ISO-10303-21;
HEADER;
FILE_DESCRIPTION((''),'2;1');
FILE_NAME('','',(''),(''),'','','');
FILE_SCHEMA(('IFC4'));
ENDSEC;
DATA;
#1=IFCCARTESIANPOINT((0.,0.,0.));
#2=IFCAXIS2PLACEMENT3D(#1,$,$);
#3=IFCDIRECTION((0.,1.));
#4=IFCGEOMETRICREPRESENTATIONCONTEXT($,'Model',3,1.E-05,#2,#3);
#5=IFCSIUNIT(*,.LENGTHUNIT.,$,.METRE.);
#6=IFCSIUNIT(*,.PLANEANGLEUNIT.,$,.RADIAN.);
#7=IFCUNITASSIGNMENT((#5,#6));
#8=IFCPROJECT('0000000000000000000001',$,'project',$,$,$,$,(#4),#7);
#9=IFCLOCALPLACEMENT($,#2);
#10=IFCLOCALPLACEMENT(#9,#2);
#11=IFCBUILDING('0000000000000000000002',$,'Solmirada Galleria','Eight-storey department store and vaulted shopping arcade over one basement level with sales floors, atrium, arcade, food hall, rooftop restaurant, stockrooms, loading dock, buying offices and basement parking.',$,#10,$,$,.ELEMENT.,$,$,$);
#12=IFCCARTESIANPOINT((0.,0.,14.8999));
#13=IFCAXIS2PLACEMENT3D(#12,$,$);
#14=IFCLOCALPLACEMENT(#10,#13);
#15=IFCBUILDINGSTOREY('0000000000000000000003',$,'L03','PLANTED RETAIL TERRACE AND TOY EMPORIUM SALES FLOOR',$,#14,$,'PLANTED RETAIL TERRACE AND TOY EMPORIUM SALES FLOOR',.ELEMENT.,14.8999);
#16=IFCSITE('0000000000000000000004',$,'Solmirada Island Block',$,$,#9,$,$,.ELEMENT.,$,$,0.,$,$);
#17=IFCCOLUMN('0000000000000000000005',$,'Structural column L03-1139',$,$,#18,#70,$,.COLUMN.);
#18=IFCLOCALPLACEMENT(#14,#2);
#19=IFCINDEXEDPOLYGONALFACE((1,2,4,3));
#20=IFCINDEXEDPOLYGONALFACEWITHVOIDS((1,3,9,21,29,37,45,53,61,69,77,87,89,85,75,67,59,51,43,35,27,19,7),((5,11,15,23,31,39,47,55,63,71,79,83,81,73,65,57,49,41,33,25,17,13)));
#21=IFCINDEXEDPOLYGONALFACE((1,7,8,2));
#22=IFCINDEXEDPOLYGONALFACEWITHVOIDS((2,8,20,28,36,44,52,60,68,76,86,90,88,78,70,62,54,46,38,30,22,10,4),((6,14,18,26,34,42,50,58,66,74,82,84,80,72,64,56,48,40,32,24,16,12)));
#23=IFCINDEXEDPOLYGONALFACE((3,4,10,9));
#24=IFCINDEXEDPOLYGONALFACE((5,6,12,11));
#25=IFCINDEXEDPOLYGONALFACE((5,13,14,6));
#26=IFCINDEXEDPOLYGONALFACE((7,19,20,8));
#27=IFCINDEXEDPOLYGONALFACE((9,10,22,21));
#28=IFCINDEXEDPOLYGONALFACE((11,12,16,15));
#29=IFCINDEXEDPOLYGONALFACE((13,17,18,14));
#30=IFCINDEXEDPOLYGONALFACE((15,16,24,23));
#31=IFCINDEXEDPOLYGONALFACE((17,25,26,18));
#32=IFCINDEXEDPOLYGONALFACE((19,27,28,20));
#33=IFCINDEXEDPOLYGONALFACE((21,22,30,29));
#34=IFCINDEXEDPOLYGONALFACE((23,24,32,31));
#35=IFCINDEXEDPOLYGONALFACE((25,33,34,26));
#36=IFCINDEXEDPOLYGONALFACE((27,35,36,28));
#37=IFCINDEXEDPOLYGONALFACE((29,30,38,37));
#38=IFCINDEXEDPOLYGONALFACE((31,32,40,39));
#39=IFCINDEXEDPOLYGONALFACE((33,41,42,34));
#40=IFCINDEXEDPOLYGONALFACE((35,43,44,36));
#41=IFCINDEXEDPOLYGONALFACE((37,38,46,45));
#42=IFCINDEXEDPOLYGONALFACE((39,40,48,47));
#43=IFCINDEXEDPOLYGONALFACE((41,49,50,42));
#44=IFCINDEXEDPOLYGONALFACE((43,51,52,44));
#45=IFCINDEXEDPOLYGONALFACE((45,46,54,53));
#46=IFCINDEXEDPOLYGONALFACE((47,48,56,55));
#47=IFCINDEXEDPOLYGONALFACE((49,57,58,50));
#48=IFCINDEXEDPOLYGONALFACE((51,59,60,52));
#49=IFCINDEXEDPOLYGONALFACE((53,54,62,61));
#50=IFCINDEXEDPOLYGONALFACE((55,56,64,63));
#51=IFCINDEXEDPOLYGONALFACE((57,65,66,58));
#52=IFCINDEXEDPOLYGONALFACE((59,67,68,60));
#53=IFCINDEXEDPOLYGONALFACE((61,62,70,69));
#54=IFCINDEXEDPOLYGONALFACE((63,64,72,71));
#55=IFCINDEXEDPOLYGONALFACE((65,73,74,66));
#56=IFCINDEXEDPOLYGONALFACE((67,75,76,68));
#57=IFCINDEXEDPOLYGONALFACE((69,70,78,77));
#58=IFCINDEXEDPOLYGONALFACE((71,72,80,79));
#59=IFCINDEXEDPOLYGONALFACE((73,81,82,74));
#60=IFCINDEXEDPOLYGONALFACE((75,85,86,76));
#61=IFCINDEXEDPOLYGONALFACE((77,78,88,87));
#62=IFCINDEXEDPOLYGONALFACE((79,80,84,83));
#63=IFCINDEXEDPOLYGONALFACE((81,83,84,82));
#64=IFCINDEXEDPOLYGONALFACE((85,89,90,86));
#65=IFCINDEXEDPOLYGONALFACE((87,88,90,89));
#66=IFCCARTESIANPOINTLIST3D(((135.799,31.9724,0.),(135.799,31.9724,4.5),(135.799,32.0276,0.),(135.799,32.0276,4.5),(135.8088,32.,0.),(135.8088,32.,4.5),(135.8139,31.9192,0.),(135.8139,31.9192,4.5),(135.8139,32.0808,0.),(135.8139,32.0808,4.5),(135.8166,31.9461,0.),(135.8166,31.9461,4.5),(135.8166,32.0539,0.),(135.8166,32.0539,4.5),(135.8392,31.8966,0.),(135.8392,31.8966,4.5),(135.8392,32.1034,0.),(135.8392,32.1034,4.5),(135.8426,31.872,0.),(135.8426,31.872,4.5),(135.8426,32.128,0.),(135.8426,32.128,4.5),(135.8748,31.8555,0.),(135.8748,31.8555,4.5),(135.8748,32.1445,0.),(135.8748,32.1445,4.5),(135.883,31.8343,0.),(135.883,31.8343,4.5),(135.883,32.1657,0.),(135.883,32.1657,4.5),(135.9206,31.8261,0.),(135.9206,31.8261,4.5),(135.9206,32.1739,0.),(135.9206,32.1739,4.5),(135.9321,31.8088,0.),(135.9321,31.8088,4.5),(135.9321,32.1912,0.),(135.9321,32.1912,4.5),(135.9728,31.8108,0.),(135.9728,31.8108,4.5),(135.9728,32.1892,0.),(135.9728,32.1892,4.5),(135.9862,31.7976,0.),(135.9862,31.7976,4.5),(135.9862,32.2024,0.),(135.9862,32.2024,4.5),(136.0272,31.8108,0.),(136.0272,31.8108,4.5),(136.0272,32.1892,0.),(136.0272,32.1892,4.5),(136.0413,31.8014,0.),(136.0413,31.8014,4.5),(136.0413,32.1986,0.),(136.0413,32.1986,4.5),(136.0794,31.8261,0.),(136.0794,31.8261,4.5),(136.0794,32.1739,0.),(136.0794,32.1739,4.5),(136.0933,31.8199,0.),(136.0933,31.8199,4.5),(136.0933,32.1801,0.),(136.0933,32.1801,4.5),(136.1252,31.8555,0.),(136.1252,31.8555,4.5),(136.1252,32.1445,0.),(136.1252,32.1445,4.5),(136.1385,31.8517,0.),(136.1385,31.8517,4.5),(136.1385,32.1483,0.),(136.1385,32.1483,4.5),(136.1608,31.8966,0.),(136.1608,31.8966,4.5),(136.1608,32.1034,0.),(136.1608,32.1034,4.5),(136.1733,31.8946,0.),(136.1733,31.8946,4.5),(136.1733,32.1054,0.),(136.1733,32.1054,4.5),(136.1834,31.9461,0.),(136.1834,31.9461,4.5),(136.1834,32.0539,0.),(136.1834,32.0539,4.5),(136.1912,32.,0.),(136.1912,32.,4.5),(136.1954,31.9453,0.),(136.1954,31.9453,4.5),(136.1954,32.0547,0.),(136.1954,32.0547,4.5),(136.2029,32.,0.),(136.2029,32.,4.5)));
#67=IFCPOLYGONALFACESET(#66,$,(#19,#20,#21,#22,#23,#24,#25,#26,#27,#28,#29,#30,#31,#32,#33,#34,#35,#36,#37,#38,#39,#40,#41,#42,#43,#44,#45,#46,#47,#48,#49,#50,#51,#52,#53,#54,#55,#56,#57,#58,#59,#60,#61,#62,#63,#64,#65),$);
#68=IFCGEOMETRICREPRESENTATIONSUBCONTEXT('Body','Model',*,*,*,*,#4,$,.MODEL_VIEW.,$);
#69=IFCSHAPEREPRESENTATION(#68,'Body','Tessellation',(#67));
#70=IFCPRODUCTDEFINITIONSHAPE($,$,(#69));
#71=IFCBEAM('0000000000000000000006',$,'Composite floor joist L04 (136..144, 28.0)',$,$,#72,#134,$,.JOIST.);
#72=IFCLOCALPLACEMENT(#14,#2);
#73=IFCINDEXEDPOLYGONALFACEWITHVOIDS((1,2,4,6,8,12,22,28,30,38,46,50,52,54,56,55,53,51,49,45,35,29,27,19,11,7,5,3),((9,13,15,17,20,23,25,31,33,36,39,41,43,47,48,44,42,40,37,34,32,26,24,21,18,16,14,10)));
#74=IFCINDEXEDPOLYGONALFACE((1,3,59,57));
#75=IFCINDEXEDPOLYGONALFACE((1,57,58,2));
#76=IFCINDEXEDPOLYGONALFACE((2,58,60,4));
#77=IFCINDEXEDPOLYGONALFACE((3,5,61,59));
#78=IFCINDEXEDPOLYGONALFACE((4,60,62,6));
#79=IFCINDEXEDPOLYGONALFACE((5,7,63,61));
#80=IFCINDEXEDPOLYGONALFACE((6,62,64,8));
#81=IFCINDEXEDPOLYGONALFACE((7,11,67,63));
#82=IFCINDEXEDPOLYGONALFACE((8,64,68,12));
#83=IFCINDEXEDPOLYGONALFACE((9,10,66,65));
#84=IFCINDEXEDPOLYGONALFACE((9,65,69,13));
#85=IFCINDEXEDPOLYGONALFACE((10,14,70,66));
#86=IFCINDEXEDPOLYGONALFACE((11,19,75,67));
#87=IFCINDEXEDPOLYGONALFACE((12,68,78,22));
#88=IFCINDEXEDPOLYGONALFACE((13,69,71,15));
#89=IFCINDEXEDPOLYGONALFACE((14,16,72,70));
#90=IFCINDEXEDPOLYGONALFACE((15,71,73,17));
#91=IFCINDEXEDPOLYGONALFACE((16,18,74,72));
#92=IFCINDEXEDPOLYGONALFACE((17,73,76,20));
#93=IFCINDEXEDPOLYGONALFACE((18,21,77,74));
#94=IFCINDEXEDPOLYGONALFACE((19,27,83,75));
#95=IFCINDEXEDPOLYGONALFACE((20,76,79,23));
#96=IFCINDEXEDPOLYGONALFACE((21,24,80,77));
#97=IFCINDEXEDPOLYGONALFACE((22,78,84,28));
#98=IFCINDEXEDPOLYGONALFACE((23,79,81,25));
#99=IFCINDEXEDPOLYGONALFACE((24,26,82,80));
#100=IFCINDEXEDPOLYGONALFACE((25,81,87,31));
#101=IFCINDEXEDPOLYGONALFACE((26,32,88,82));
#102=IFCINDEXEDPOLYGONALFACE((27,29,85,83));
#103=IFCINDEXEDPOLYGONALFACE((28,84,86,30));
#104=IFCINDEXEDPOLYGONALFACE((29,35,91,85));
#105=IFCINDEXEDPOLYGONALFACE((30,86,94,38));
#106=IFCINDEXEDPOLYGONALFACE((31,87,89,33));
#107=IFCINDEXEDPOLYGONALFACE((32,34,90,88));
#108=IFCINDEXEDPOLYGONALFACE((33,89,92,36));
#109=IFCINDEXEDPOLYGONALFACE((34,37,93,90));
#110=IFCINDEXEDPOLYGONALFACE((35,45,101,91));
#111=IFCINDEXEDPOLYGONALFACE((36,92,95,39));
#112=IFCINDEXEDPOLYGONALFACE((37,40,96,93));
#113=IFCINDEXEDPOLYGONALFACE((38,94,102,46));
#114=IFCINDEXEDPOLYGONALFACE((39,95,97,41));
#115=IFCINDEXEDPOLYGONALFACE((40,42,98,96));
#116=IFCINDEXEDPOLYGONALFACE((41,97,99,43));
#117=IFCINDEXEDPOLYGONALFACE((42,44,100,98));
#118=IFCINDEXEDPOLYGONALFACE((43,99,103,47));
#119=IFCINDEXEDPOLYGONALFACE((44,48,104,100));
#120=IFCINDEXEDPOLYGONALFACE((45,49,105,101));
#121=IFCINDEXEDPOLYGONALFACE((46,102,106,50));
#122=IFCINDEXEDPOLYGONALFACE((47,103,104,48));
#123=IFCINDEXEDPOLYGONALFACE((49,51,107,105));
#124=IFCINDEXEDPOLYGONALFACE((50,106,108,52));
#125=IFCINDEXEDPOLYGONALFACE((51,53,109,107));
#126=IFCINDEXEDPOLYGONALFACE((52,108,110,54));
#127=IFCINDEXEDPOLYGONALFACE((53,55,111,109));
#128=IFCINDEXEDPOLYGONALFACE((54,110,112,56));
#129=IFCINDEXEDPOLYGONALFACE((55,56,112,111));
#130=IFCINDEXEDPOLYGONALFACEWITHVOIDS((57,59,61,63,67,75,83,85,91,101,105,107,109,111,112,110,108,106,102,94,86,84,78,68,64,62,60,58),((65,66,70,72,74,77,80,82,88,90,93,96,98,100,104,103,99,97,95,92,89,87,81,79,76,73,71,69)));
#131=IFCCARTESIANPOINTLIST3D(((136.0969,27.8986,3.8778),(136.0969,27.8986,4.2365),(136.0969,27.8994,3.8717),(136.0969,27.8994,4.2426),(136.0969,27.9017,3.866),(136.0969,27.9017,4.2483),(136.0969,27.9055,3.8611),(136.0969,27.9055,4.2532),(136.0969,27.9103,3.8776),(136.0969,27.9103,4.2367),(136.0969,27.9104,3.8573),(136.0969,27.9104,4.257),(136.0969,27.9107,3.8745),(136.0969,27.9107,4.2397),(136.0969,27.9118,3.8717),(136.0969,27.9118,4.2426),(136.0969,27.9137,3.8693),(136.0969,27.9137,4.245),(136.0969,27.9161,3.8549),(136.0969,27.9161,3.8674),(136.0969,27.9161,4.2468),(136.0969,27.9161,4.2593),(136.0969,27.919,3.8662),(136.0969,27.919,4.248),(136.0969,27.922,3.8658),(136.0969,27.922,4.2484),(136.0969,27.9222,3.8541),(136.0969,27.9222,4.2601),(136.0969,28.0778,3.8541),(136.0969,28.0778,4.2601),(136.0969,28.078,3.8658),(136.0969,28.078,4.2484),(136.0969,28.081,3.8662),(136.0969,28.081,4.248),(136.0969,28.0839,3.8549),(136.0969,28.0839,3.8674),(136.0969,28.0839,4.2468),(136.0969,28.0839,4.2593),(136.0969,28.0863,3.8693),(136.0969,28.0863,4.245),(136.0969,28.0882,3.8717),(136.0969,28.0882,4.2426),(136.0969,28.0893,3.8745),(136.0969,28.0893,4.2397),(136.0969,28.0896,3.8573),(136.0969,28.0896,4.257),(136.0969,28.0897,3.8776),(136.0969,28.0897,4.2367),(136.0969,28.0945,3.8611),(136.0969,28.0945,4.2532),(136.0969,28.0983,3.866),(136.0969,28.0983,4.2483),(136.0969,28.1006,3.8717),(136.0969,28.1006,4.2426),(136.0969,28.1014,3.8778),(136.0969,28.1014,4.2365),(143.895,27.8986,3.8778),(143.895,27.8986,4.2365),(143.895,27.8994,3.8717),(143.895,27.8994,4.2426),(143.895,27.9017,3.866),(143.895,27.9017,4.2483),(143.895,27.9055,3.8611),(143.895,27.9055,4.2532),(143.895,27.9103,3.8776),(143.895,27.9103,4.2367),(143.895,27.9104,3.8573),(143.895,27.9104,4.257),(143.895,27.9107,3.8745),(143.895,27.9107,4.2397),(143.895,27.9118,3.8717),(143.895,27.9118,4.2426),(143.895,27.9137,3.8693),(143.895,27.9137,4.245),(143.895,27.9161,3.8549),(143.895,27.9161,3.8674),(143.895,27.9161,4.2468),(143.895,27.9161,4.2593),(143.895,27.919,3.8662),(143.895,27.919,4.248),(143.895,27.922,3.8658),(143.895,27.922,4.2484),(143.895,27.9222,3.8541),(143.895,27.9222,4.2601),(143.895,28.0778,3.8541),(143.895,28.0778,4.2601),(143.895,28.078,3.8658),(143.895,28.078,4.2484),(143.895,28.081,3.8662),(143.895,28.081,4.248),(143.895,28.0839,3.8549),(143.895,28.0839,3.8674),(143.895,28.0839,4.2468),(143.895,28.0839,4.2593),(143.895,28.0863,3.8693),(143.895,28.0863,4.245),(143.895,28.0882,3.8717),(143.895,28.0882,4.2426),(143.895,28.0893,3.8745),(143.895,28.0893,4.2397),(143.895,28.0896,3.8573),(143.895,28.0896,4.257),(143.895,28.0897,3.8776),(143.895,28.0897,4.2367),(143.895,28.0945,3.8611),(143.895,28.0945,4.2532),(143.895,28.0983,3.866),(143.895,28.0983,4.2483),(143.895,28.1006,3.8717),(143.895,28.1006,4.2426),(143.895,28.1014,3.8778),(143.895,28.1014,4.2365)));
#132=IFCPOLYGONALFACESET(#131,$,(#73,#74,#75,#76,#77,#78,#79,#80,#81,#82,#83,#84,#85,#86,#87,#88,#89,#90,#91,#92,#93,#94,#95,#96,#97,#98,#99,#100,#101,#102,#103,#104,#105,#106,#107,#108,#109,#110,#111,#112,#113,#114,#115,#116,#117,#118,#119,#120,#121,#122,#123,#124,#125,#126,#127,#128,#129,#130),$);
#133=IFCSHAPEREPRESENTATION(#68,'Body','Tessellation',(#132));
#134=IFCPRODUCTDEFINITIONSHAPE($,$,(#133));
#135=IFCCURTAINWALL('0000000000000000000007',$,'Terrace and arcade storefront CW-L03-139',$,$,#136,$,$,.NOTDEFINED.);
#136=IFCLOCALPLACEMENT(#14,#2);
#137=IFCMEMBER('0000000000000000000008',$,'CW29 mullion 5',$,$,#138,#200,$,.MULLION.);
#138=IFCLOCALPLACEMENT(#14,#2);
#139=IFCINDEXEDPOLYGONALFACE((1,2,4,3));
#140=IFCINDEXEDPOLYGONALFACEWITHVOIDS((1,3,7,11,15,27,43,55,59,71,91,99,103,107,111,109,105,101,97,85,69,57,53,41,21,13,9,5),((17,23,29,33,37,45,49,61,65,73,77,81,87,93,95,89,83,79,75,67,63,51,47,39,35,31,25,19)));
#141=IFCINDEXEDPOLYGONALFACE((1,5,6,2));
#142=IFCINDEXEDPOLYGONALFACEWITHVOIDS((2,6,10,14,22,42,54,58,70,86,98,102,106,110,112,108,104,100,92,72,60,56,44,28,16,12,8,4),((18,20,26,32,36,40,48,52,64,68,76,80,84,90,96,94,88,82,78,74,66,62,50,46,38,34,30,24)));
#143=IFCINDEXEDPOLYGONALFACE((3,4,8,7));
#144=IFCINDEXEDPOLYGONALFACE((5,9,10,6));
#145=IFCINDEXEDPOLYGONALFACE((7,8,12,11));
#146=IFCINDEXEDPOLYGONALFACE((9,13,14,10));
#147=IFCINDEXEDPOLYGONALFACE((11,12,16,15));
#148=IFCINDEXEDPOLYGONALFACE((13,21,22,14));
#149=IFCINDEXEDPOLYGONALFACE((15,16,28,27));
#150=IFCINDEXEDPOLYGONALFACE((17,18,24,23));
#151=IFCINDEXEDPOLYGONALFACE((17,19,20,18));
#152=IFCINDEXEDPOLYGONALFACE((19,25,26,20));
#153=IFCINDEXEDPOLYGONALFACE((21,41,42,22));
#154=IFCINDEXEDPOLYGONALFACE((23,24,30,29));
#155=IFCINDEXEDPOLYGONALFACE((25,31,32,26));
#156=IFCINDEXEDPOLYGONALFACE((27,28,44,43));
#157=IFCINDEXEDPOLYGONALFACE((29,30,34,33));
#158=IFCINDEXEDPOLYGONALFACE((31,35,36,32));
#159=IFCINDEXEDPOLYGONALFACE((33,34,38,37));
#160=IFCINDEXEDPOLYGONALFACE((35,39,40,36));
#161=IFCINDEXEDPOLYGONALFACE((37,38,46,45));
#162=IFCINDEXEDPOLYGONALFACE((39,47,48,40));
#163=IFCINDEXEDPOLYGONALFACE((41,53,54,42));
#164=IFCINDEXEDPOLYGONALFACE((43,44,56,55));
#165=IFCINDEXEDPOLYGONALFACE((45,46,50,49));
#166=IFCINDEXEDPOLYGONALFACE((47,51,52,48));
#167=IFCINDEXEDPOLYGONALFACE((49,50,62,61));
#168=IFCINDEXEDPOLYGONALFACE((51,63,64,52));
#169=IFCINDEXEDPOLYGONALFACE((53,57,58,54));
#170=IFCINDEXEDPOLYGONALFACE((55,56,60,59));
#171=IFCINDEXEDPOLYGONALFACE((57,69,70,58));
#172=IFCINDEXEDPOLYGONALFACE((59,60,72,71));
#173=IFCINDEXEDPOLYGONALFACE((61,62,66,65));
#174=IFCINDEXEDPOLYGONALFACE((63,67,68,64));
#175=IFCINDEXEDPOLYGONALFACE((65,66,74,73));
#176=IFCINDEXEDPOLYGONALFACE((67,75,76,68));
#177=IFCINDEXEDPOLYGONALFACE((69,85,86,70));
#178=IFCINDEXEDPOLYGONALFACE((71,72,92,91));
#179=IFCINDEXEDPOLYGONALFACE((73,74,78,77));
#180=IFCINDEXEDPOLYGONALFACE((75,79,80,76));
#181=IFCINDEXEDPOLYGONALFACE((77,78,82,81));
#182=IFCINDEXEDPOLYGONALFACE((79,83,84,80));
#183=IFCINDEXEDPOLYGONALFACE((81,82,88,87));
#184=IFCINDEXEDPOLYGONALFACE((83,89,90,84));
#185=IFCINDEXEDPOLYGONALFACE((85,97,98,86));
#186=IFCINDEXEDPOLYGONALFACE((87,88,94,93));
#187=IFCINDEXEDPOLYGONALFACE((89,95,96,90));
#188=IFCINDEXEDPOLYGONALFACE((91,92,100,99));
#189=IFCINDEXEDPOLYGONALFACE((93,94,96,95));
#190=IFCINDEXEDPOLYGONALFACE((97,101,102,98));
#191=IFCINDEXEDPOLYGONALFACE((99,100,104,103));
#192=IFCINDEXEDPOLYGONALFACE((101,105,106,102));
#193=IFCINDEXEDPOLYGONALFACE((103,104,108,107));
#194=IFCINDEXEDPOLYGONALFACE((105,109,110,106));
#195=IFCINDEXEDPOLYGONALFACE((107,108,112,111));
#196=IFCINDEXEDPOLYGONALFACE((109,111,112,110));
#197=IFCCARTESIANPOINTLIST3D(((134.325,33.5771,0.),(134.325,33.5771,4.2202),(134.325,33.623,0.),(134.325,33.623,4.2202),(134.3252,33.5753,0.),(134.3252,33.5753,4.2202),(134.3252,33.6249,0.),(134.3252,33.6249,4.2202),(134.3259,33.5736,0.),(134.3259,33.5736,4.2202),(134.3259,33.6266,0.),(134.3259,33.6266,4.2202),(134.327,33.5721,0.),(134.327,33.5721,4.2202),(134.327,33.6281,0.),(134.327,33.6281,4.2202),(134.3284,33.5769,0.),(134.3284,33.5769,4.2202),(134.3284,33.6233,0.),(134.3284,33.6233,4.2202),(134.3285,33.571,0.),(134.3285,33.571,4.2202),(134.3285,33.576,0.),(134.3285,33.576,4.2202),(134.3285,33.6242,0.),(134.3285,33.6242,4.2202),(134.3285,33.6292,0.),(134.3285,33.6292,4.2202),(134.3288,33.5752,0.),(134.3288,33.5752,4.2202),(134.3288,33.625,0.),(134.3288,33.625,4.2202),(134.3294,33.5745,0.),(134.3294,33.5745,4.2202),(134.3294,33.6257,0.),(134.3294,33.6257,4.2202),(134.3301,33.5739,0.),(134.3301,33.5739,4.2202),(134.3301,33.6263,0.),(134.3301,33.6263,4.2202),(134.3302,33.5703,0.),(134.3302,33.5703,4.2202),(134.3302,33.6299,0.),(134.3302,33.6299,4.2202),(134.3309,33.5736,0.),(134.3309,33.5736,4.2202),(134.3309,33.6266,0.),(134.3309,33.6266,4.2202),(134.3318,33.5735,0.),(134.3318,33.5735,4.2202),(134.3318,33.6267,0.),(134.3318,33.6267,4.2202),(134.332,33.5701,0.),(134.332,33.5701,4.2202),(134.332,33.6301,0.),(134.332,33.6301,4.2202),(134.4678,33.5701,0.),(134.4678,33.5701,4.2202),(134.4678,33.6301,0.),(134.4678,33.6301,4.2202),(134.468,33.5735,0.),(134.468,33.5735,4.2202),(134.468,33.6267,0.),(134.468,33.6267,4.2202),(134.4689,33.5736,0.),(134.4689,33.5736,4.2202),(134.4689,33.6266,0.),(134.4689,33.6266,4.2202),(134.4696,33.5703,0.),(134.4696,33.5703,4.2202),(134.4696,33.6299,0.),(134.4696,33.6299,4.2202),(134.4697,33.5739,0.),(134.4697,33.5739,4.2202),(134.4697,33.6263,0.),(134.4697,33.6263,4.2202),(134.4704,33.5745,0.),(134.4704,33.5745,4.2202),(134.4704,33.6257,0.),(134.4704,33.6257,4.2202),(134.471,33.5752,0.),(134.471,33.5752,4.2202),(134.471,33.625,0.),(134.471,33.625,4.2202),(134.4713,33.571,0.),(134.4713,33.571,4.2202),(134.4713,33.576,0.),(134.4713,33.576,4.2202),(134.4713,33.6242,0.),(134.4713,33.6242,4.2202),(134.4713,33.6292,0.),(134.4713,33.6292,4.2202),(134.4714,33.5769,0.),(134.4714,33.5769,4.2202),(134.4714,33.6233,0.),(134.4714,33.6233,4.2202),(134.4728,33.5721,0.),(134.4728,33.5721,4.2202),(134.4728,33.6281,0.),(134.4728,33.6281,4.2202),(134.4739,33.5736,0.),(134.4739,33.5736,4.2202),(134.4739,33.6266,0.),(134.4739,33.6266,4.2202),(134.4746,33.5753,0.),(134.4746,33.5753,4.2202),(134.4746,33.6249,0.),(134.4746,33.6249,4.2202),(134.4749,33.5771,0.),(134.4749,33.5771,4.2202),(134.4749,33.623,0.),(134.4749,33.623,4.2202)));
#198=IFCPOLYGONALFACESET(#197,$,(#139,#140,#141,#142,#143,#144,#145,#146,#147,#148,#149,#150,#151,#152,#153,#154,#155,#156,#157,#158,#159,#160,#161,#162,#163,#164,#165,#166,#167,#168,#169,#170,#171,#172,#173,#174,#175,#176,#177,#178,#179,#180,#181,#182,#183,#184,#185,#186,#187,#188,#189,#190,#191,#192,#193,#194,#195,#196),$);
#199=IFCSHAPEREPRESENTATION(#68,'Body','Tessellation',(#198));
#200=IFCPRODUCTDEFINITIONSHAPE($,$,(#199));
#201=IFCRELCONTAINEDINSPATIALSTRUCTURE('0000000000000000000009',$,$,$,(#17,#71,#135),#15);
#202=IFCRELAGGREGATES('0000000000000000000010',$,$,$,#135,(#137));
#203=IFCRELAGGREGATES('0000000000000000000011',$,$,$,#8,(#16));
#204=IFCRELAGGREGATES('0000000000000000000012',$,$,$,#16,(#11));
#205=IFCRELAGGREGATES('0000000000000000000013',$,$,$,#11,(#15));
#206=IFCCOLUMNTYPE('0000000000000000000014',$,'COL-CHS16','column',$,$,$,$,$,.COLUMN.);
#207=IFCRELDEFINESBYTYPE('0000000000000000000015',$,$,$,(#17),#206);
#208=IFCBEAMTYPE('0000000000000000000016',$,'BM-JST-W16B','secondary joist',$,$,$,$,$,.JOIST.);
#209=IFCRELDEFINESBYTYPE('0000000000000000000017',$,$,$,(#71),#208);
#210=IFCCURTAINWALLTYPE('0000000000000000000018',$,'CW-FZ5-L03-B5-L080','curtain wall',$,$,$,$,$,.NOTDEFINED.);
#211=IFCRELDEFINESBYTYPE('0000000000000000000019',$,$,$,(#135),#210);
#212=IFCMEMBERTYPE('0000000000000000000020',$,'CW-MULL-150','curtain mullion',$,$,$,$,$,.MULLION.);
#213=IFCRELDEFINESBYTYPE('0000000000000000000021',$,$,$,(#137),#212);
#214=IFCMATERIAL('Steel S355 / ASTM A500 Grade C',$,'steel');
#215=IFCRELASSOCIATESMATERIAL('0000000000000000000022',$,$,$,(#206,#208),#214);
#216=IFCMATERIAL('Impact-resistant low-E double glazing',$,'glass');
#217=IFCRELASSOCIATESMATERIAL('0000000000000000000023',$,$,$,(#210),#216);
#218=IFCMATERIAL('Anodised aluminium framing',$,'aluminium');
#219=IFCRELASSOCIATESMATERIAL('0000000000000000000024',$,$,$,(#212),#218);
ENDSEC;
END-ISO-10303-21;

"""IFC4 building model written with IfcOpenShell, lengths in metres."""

from ifc_helpers import new_model, si_unit, direction, frame, origin, origin_2d, place, context, subcontext, project, spatial, hollow_rectangle, hollow_circle, extrude, material, material_profile, profile_set, type_object, element, aggregate, save


model = new_model("IFC4")

# Units and contexts
model_context = context("Model", 3, precision=1e-05, world=origin(), true_north=direction((0.0, 1.0)))
body_context = subcontext(model_context, "Body", "Model", "MODEL_VIEW")
ifc_project = project(units=[si_unit("LENGTHUNIT", "METRE"), si_unit("PLANEANGLEUNIT", "RADIAN")], contexts=[model_context])

# Site, building, storey
site_placement = place(None, origin())
site = spatial("IfcSite", under=ifc_project, at=site_placement, Name="Solmirada Island Block", CompositionType="ELEMENT", RefElevation=0.0)
building_placement = place(site_placement, origin())
building = spatial("IfcBuilding", under=site, at=building_placement, Name="Solmirada Galleria", Description="Eight-storey department store and vaulted shopping arcade over one basement level with sales floors, atrium, arcade, food hall, rooftop restaurant, stockrooms, loading dock, buying offices and basement parking.", CompositionType="ELEMENT")
storey_placement = place(building_placement, frame((0.0, 0.0, 14.8999)))
storey = spatial("IfcBuildingStorey", under=building, at=storey_placement, Name="L03", Description="PLANTED RETAIL TERRACE AND TOY EMPORIUM SALES FLOOR", LongName="PLANTED RETAIL TERRACE AND TOY EMPORIUM SALES FLOOR", CompositionType="ELEMENT", Elevation=14.8999)

# Column
ifc_material_1 = material(Name="Steel S355 / ASTM A500 Grade C", Category="steel")
ifc_material_profile_1 = material_profile(ifc_material_1, hollow_circle(Radius=0.2029, WallThickness=0.0117, at=origin_2d()), Name="HSS16.000X0.500")
ifc_profile_set_1 = profile_set([ifc_material_profile_1], Name="Steel S355 / ASTM A500 Grade C")
column_type = type_object("IfcColumnType", Name="COL-CHS16", Description="column", PredefinedType="COLUMN", material=ifc_profile_set_1)
column_placement = place(storey_placement, frame((136.0, 32.0, 0.0), z_axis=(0.0, 0.0, 1.0), x_axis=(1.0, 0.0, 0.0)))
element("IfcColumn", 1, at=column_placement, inside=storey, type_object=column_type, Name="Structural column L03-1139", PredefinedType="COLUMN", context=body_context, shape_type="SweptSolid", body=[
    extrude(hollow_circle(Radius=0.2029, WallThickness=0.0117, at=origin_2d()), origin(), (0.0, 0.0, 1.0), 4.5),
])

# Beam
ifc_material_profile_2 = material_profile(ifc_material_1, hollow_rectangle(XDim=0.2029, YDim=0.406, WallThickness=0.0117, InnerFilletRadius=0.0117, OuterFilletRadius=0.0237, at=origin_2d()), Name="HSS16X8X1/2")
ifc_profile_set_2 = profile_set([ifc_material_profile_2], Name="Steel S355 / ASTM A500 Grade C")
beam_type = type_object("IfcBeamType", Name="BM-JST-W16B", Description="secondary joist", PredefinedType="JOIST", material=ifc_profile_set_2)
beam_placement = place(storey_placement, frame((136.0969, 28.0, 4.0571), z_axis=(1.0, 0.0, 0.0), x_axis=(0.0, 1.0, 0.0)))
element("IfcBeam", 2, at=beam_placement, inside=storey, type_object=beam_type, Name="Composite floor joist L04 (136..144, 28.0)", PredefinedType="JOIST", context=body_context, shape_type="SweptSolid", body=[
    extrude(hollow_rectangle(XDim=0.2029, YDim=0.406, WallThickness=0.0117, InnerFilletRadius=0.0117, OuterFilletRadius=0.0237, at=origin_2d()), origin(), (0.0, 0.0, 1.0), 7.7981),
])

# Curtain wall, member
ifc_material_2 = material(Name="Impact-resistant low-E double glazing", Category="glass")
curtain_wall_type = type_object("IfcCurtainWallType", Name="CW-FZ5-L03-B5-L080", Description="curtain wall", PredefinedType="NOTDEFINED", material=ifc_material_2)
curtain_wall_1_placement = place(storey_placement, origin())
curtain_wall_1 = element("IfcCurtainWall", 3, at=curtain_wall_1_placement, inside=storey, type_object=curtain_wall_type, Name="Terrace and arcade storefront CW-L03-139", PredefinedType="NOTDEFINED")
ifc_material_3 = material(Name="Anodised aluminium framing", Category="aluminium")
ifc_material_profile_3 = material_profile(ifc_material_3, hollow_rectangle(XDim=0.0601, YDim=0.1499, WallThickness=0.0034, InnerFilletRadius=0.0034, OuterFilletRadius=0.0071, at=origin_2d()), Name="ALU-MULL-150X60")
ifc_profile_set_3 = profile_set([ifc_material_profile_3], Name="Anodised aluminium framing")
member_type_1 = type_object("IfcMemberType", Name="CW-MULL-150", Description="curtain mullion", PredefinedType="MULLION", material=ifc_profile_set_3)
member_1_placement = place(storey_placement, frame((134.3999, 33.6001, 0.0), z_axis=(0.0, 0.0, 1.0), x_axis=(0.0, 1.0, 0.0)))
member_1 = element("IfcMember", 4, at=member_1_placement, type_object=member_type_1, Name="CW29 mullion 5", PredefinedType="MULLION", context=body_context, shape_type="SweptSolid", body=[
    extrude(hollow_rectangle(XDim=0.0601, YDim=0.1499, WallThickness=0.0034, InnerFilletRadius=0.0034, OuterFilletRadius=0.0071, at=origin_2d()), origin(), (0.0, 0.0, 1.0), 4.2202),
])

aggregate(curtain_wall_1, [member_1])

save(model, "model.ifc")
